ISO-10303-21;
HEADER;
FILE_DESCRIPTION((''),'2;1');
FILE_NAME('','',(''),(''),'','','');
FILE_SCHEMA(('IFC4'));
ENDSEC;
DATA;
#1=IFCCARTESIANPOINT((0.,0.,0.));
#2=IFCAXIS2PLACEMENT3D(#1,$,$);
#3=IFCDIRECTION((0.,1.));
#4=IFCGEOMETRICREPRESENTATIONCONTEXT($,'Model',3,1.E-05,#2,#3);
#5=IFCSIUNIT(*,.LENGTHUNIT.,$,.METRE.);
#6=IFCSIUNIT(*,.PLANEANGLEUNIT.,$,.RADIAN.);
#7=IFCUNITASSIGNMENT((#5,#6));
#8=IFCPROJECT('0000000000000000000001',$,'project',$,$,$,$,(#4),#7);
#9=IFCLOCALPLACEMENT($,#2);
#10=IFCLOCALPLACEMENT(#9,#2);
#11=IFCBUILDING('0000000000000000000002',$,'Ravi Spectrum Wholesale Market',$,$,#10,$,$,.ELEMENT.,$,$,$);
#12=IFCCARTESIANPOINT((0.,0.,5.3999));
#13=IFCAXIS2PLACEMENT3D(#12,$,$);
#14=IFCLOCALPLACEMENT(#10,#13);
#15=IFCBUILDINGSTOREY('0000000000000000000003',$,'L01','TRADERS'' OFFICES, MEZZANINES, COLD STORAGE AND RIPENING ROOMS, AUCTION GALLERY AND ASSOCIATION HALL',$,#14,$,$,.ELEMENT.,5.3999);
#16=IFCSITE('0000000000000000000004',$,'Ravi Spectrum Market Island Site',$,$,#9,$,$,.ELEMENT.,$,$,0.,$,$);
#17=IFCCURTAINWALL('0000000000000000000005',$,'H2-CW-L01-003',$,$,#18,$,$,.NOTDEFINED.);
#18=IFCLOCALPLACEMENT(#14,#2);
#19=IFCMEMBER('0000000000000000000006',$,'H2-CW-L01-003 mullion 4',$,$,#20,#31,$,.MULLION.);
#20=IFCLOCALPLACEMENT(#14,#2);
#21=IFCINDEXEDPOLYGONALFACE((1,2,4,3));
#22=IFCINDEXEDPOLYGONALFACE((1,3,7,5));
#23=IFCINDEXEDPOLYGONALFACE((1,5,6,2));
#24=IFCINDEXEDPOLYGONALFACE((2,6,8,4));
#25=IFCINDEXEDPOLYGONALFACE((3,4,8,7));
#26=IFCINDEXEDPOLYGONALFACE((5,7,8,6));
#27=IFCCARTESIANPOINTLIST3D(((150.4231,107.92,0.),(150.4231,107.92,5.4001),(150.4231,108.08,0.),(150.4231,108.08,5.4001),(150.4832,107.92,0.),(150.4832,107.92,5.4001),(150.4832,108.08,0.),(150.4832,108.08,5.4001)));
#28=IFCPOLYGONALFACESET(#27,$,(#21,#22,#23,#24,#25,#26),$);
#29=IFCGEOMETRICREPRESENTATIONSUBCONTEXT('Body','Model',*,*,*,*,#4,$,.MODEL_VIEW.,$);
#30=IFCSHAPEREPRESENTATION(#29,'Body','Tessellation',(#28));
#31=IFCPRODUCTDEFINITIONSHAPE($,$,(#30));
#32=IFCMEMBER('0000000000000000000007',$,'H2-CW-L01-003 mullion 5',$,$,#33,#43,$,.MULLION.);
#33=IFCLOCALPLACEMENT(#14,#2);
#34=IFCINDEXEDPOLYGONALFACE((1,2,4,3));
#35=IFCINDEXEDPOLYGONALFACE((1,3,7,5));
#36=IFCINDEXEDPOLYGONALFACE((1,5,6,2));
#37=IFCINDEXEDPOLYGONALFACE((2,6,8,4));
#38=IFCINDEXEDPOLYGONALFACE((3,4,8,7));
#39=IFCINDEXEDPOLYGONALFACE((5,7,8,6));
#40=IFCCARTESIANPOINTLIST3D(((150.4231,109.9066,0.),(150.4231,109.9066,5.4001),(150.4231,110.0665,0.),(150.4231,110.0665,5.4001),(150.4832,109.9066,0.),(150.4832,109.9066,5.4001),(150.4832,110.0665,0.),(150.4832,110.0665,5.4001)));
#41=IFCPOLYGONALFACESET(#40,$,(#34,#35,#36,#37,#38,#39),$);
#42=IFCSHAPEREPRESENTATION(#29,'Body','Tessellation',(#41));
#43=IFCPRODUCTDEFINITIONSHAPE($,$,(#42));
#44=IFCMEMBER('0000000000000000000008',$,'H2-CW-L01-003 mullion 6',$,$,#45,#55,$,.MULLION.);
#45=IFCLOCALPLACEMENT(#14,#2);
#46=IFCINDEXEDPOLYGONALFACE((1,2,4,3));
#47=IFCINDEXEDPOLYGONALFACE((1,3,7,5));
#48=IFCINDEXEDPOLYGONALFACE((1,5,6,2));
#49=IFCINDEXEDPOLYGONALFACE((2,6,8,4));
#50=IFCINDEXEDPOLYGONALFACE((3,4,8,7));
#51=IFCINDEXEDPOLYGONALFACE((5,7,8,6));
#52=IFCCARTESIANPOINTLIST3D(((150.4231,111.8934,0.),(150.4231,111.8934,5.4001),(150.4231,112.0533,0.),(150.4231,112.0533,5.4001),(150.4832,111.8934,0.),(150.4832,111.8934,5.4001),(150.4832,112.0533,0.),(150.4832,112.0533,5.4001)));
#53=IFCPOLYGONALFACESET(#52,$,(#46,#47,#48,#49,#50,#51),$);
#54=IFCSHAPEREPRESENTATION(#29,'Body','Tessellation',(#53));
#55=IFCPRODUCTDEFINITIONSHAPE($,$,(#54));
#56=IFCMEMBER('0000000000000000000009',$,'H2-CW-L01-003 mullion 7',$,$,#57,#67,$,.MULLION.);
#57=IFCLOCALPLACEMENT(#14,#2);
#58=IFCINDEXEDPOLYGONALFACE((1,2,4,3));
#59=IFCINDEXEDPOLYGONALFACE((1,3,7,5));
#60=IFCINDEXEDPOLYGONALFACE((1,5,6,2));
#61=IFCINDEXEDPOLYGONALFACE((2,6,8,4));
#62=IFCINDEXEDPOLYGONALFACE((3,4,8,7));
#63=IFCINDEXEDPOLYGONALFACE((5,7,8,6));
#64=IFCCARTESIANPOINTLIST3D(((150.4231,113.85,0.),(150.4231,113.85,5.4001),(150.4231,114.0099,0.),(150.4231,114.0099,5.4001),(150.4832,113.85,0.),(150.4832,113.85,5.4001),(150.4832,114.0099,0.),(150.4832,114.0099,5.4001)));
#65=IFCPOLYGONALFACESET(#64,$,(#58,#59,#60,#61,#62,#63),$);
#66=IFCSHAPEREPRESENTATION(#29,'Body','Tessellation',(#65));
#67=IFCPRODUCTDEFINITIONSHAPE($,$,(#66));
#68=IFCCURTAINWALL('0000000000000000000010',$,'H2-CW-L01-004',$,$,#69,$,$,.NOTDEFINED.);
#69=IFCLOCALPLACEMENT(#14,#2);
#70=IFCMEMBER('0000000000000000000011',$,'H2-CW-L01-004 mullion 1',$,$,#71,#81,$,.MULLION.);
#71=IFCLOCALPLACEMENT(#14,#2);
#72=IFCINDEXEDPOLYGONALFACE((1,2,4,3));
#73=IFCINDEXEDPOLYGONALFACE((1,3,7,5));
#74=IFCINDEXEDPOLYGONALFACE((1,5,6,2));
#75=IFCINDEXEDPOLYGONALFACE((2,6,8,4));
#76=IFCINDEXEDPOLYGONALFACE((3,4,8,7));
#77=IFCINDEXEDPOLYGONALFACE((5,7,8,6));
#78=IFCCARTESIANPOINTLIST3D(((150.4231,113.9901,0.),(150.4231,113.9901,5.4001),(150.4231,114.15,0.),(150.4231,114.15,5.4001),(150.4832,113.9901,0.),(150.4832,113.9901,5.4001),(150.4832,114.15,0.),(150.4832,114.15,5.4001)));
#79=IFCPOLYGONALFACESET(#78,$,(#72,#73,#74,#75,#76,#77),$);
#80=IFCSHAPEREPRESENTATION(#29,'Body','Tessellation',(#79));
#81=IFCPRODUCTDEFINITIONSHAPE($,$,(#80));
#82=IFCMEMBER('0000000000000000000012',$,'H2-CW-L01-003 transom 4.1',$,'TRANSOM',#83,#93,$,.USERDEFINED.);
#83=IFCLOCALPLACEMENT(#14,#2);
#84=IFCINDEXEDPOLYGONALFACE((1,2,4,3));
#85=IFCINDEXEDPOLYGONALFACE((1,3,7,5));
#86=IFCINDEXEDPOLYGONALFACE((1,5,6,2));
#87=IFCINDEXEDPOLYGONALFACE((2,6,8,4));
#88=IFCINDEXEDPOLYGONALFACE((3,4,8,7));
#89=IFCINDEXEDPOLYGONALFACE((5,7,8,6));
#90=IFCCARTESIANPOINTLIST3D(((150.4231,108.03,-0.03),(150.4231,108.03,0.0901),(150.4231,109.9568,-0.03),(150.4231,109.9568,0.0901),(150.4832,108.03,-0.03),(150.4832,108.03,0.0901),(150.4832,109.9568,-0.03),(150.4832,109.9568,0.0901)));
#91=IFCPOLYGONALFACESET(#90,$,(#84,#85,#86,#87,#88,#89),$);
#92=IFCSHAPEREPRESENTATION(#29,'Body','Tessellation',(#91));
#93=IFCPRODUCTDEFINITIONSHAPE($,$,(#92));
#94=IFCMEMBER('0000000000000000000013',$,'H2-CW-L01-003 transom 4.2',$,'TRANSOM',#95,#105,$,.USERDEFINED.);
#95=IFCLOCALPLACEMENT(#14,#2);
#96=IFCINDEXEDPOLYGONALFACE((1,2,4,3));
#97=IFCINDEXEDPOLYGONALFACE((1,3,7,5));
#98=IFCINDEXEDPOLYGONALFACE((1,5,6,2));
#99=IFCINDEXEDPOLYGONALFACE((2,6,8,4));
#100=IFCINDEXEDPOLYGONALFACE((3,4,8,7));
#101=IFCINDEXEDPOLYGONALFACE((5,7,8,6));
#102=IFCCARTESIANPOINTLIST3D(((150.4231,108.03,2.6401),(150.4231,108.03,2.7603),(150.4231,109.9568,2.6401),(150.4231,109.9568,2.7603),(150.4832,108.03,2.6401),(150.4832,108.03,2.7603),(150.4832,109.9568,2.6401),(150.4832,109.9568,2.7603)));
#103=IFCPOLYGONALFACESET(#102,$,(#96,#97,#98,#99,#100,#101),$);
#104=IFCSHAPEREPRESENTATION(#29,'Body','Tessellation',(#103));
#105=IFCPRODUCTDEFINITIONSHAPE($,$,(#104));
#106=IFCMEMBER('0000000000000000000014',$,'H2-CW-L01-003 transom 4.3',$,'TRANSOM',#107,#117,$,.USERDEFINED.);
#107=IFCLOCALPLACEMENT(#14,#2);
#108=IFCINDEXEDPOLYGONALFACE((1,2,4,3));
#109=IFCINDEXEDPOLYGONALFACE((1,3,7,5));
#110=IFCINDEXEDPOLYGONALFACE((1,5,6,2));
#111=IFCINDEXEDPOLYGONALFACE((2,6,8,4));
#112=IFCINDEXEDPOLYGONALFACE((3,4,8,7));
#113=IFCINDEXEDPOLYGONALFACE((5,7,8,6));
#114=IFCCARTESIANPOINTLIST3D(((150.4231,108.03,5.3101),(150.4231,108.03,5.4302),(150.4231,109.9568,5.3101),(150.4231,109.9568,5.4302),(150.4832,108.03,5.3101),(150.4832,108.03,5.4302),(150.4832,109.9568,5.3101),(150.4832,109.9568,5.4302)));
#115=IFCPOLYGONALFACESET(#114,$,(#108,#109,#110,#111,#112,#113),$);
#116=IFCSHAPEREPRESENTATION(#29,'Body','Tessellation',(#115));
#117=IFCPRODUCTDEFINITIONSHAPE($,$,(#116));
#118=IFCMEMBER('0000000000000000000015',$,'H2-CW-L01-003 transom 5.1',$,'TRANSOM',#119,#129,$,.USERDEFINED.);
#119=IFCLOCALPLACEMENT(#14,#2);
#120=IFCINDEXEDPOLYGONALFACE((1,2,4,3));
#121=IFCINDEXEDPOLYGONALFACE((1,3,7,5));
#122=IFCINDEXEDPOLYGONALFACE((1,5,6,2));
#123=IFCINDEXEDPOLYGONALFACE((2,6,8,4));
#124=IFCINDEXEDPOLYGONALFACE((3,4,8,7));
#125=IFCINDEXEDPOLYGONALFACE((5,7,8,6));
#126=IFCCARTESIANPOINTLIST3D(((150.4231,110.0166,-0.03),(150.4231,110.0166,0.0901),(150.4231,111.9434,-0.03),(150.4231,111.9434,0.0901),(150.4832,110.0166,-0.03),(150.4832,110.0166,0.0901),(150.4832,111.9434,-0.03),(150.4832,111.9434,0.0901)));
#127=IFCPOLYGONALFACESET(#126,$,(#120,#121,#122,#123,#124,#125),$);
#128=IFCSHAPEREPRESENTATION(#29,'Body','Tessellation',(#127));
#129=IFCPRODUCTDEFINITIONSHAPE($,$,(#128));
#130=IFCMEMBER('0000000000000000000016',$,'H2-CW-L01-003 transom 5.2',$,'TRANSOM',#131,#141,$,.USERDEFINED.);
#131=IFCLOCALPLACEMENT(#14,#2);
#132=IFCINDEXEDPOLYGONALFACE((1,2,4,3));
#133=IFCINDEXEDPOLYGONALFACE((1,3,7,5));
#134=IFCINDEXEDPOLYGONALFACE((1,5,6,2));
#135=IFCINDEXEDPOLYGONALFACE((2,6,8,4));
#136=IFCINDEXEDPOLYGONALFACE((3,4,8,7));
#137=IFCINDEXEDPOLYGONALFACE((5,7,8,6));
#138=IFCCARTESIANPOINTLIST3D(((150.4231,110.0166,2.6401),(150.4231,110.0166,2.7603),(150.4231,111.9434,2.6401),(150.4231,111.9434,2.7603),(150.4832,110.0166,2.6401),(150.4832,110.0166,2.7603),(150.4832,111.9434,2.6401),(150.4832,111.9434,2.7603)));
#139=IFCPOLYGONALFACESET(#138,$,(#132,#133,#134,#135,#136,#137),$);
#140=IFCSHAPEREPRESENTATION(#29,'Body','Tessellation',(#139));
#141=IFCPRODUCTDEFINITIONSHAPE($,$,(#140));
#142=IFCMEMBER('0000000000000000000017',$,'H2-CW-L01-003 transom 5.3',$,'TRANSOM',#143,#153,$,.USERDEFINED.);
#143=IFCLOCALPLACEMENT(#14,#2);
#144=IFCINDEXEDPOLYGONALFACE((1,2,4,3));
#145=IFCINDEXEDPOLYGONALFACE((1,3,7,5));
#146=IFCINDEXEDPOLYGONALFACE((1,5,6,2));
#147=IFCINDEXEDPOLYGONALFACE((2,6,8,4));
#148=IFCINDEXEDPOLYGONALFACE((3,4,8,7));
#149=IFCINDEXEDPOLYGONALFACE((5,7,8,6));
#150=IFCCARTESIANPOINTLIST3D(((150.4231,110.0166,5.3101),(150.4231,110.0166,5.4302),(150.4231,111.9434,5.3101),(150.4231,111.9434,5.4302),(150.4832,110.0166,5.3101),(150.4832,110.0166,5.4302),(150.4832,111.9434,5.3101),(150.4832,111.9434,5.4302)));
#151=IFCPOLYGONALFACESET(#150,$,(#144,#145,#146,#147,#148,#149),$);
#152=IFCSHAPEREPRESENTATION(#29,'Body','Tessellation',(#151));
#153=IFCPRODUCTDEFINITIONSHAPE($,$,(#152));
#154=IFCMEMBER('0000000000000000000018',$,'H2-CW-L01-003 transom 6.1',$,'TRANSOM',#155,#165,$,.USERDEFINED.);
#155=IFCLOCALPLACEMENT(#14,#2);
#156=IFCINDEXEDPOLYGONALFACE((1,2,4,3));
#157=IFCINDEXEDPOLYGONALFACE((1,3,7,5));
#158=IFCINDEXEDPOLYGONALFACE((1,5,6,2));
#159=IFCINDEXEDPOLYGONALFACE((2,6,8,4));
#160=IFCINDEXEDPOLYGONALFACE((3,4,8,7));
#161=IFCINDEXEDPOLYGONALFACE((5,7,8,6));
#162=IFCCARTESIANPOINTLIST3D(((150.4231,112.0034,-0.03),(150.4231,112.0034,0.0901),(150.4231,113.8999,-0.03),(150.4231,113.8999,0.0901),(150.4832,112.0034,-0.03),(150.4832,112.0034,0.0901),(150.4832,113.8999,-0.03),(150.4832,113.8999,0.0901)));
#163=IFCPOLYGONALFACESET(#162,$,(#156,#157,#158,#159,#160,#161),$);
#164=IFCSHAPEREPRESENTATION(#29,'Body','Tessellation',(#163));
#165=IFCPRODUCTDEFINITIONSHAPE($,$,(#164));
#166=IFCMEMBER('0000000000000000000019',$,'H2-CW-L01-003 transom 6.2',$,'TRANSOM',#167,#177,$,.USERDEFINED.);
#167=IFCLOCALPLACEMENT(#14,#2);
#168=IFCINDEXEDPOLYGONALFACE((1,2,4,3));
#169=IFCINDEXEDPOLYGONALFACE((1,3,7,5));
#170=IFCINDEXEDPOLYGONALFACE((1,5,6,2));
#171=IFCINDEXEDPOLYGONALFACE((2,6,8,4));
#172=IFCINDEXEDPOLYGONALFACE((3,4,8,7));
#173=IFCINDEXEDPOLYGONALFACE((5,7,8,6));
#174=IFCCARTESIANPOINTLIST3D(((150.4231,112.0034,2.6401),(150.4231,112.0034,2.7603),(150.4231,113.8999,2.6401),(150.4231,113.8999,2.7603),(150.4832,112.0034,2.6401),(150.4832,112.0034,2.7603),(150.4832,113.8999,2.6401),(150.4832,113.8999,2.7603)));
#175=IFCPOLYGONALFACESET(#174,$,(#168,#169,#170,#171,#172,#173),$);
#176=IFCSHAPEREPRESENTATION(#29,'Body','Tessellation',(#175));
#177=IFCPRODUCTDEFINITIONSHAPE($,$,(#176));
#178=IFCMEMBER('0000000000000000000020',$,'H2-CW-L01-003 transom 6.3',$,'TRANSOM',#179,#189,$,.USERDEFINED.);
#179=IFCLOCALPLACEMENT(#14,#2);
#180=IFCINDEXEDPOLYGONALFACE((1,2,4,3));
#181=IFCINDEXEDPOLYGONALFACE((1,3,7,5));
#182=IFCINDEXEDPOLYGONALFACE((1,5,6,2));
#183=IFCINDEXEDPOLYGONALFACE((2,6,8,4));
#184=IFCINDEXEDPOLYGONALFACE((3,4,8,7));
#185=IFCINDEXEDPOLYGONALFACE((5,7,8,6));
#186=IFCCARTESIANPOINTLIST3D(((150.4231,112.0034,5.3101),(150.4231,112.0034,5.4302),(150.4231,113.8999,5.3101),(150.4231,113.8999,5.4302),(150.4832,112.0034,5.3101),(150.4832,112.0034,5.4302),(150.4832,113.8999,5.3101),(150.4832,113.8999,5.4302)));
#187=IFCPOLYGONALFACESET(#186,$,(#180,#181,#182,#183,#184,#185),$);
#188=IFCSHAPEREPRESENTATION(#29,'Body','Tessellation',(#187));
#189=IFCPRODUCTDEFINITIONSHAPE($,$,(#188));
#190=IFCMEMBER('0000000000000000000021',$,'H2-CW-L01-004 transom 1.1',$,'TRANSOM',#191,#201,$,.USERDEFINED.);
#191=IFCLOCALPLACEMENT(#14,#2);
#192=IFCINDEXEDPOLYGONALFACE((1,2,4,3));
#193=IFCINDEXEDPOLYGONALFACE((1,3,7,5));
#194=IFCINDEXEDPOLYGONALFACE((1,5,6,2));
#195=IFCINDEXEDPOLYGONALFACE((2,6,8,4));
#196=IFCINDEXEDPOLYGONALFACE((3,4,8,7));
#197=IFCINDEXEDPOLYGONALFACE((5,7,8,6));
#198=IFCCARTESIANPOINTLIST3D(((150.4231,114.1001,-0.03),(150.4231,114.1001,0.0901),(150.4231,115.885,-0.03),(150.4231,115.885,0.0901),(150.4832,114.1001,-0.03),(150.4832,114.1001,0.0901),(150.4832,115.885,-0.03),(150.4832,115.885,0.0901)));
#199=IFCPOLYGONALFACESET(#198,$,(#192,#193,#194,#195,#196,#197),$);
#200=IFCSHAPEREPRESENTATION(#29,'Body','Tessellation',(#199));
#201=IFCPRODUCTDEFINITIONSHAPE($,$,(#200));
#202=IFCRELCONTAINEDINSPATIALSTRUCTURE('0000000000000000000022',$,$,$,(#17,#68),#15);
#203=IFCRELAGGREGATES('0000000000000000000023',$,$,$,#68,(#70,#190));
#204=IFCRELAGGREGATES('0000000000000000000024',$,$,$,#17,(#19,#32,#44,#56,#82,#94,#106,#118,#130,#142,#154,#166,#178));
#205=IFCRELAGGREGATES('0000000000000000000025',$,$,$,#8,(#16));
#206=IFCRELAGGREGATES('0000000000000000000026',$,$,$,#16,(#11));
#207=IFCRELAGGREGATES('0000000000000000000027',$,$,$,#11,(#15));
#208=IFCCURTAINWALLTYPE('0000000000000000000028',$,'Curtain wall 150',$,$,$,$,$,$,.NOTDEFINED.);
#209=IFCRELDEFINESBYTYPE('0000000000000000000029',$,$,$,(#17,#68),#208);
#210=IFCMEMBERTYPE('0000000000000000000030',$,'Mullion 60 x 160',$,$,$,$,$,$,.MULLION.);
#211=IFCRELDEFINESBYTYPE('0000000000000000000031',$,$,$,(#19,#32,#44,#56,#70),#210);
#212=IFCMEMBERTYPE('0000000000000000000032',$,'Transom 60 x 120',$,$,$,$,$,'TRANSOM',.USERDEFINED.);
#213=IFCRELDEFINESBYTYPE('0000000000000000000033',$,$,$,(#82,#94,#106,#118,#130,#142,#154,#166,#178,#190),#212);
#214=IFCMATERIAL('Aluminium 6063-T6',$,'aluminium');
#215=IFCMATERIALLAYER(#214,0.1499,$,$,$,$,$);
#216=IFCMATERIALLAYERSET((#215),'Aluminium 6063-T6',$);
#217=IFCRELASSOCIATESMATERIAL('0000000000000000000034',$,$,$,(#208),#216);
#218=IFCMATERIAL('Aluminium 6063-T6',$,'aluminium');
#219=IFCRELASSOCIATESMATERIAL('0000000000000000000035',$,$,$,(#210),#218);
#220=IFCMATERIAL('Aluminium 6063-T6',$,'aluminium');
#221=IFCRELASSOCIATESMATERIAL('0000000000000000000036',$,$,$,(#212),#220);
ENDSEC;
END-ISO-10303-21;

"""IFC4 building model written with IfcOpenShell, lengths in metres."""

from ifc_helpers import new_model, si_unit, direction, frame, origin, origin_2d, place, context, subcontext, project, spatial, rectangle, extrude, material, layer, layer_set, material_profile, profile_set, type_object, element, aggregate, save


model = new_model("IFC4")

# Units and contexts
model_context = context("Model", 3, precision=1e-05, world=origin(), true_north=direction((0.0, 1.0)))
body_context = subcontext(model_context, "Body", "Model", "MODEL_VIEW")
ifc_project = project(units=[si_unit("LENGTHUNIT", "METRE"), si_unit("PLANEANGLEUNIT", "RADIAN")], contexts=[model_context])

# Site, building, storey
site_placement = place(None, origin())
site = spatial("IfcSite", under=ifc_project, at=site_placement, Name="Ravi Spectrum Market Island Site", CompositionType="ELEMENT", RefElevation=0.0)
building_placement = place(site_placement, origin())
building = spatial("IfcBuilding", under=site, at=building_placement, Name="Ravi Spectrum Wholesale Market", CompositionType="ELEMENT")
storey_placement = place(building_placement, frame((0.0, 0.0, 5.3999)))
storey = spatial("IfcBuildingStorey", under=building, at=storey_placement, Name="L01", Description="TRADERS' OFFICES, MEZZANINES, COLD STORAGE AND RIPENING ROOMS, AUCTION GALLERY AND ASSOCIATION HALL", CompositionType="ELEMENT", Elevation=5.3999)

# Curtain wall, members
ifc_material_1 = material(Name="Aluminium 6063-T6", Category="aluminium")
ifc_layer_1 = layer(ifc_material_1, 0.1499)
ifc_layer_set_1 = layer_set([ifc_layer_1], Name="Aluminium 6063-T6")
curtain_wall_type = type_object("IfcCurtainWallType", Name="Curtain wall 150", PredefinedType="NOTDEFINED", material=ifc_layer_set_1)
curtain_wall_1_placement = place(storey_placement, origin())
curtain_wall_1 = element("IfcCurtainWall", 1, at=curtain_wall_1_placement, inside=storey, type_object=curtain_wall_type, Name="H2-CW-L01-003", PredefinedType="NOTDEFINED")
ifc_material_2 = material(Name="Aluminium 6063-T6", Category="aluminium")
ifc_material_profile_1 = material_profile(ifc_material_2, rectangle(XDim=0.0601, YDim=0.1599, at=origin_2d()))
ifc_profile_set_1 = profile_set([ifc_material_profile_1], Name="Aluminium 6063-T6")
member_type_1 = type_object("IfcMemberType", Name="Mullion 60 x 160", PredefinedType="MULLION", material=ifc_profile_set_1)
member_1_placement = place(storey_placement, frame((150.4531, 108.0, 0.0), z_axis=(0.0, 0.0, 1.0), x_axis=(-1.0, 0.0, 0.0)))
member_1 = element("IfcMember", 2, at=member_1_placement, type_object=member_type_1, Name="H2-CW-L01-003 mullion 4", PredefinedType="MULLION", context=body_context, shape_type="SweptSolid", body=[
    extrude(rectangle(XDim=0.0601, YDim=0.1599, at=origin_2d()), origin(), (0.0, 0.0, 1.0), 5.4001),
])
member_2_placement = place(storey_placement, frame((150.4531, 109.9866, 0.0), z_axis=(0.0, 0.0, 1.0), x_axis=(-1.0, 0.0, 0.0)))
member_2 = element("IfcMember", 3, at=member_2_placement, type_object=member_type_1, Name="H2-CW-L01-003 mullion 5", PredefinedType="MULLION", context=body_context, shape_type="SweptSolid", body=[
    extrude(rectangle(XDim=0.0601, YDim=0.1599, at=origin_2d()), origin(), (0.0, 0.0, 1.0), 5.4001),
])
member_3_placement = place(storey_placement, frame((150.4531, 111.9734, 0.0), z_axis=(0.0, 0.0, 1.0), x_axis=(-1.0, 0.0, 0.0)))
member_3 = element("IfcMember", 4, at=member_3_placement, type_object=member_type_1, Name="H2-CW-L01-003 mullion 6", PredefinedType="MULLION", context=body_context, shape_type="SweptSolid", body=[
    extrude(rectangle(XDim=0.0601, YDim=0.1599, at=origin_2d()), origin(), (0.0, 0.0, 1.0), 5.4001),
])
member_4_placement = place(storey_placement, frame((150.4531, 113.9299, 0.0), z_axis=(0.0, 0.0, 1.0), x_axis=(-1.0, 0.0, 0.0)))
member_4 = element("IfcMember", 5, at=member_4_placement, type_object=member_type_1, Name="H2-CW-L01-003 mullion 7", PredefinedType="MULLION", context=body_context, shape_type="SweptSolid", body=[
    extrude(rectangle(XDim=0.0601, YDim=0.1599, at=origin_2d()), origin(), (0.0, 0.0, 1.0), 5.4001),
])

# Curtain wall, member
curtain_wall_2_placement = place(storey_placement, origin())
curtain_wall_2 = element("IfcCurtainWall", 6, at=curtain_wall_2_placement, inside=storey, type_object=curtain_wall_type, Name="H2-CW-L01-004", PredefinedType="NOTDEFINED")
member_5_placement = place(storey_placement, frame((150.4531, 114.0701, 0.0), z_axis=(0.0, 0.0, 1.0), x_axis=(-1.0, 0.0, 0.0)))
member_5 = element("IfcMember", 7, at=member_5_placement, type_object=member_type_1, Name="H2-CW-L01-004 mullion 1", PredefinedType="MULLION", context=body_context, shape_type="SweptSolid", body=[
    extrude(rectangle(XDim=0.0601, YDim=0.1599, at=origin_2d()), origin(), (0.0, 0.0, 1.0), 5.4001),
])

# Members
ifc_material_3 = material(Name="Aluminium 6063-T6", Category="aluminium")
ifc_material_profile_2 = material_profile(ifc_material_3, rectangle(XDim=0.0601, YDim=0.1201, at=origin_2d()))
ifc_profile_set_2 = profile_set([ifc_material_profile_2], Name="Aluminium 6063-T6")
member_type_2 = type_object("IfcMemberType", Name="Transom 60 x 120", ElementType="TRANSOM", PredefinedType="USERDEFINED", material=ifc_profile_set_2)
member_6_placement = place(storey_placement, frame((150.4531, 108.03, 0.03), z_axis=(0.0, 1.0, 0.0), x_axis=(-1.0, 0.0, 0.0)))
member_6 = element("IfcMember", 8, at=member_6_placement, type_object=member_type_2, Name="H2-CW-L01-003 transom 4.1", ObjectType="TRANSOM", PredefinedType="USERDEFINED", context=body_context, shape_type="SweptSolid", body=[
    extrude(rectangle(XDim=0.0601, YDim=0.1201, at=origin_2d()), origin(), (0.0, 0.0, 1.0), 1.9268),
])
member_7_placement = place(storey_placement, frame((150.4531, 108.03, 2.7002), z_axis=(0.0, 1.0, 0.0), x_axis=(-1.0, 0.0, 0.0)))
member_7 = element("IfcMember", 9, at=member_7_placement, type_object=member_type_2, Name="H2-CW-L01-003 transom 4.2", ObjectType="TRANSOM", PredefinedType="USERDEFINED", context=body_context, shape_type="SweptSolid", body=[
    extrude(rectangle(XDim=0.0601, YDim=0.1201, at=origin_2d()), origin(), (0.0, 0.0, 1.0), 1.9268),
])
member_8_placement = place(storey_placement, frame((150.4531, 108.03, 5.3701), z_axis=(0.0, 1.0, 0.0), x_axis=(-1.0, 0.0, 0.0)))
member_8 = element("IfcMember", 10, at=member_8_placement, type_object=member_type_2, Name="H2-CW-L01-003 transom 4.3", ObjectType="TRANSOM", PredefinedType="USERDEFINED", context=body_context, shape_type="SweptSolid", body=[
    extrude(rectangle(XDim=0.0601, YDim=0.1201, at=origin_2d()), origin(), (0.0, 0.0, 1.0), 1.9268),
])
member_9_placement = place(storey_placement, frame((150.4531, 110.0166, 0.03), z_axis=(0.0, 1.0, 0.0), x_axis=(-1.0, 0.0, 0.0)))
member_9 = element("IfcMember", 11, at=member_9_placement, type_object=member_type_2, Name="H2-CW-L01-003 transom 5.1", ObjectType="TRANSOM", PredefinedType="USERDEFINED", context=body_context, shape_type="SweptSolid", body=[
    extrude(rectangle(XDim=0.0601, YDim=0.1201, at=origin_2d()), origin(), (0.0, 0.0, 1.0), 1.9268),
])
member_10_placement = place(storey_placement, frame((150.4531, 110.0166, 2.7002), z_axis=(0.0, 1.0, 0.0), x_axis=(-1.0, 0.0, 0.0)))
member_10 = element("IfcMember", 12, at=member_10_placement, type_object=member_type_2, Name="H2-CW-L01-003 transom 5.2", ObjectType="TRANSOM", PredefinedType="USERDEFINED", context=body_context, shape_type="SweptSolid", body=[
    extrude(rectangle(XDim=0.0601, YDim=0.1201, at=origin_2d()), origin(), (0.0, 0.0, 1.0), 1.9268),
])
member_11_placement = place(storey_placement, frame((150.4531, 110.0166, 5.3701), z_axis=(0.0, 1.0, 0.0), x_axis=(-1.0, 0.0, 0.0)))
member_11 = element("IfcMember", 13, at=member_11_placement, type_object=member_type_2, Name="H2-CW-L01-003 transom 5.3", ObjectType="TRANSOM", PredefinedType="USERDEFINED", context=body_context, shape_type="SweptSolid", body=[
    extrude(rectangle(XDim=0.0601, YDim=0.1201, at=origin_2d()), origin(), (0.0, 0.0, 1.0), 1.9268),
])
member_12_placement = place(storey_placement, frame((150.4531, 112.0034, 0.03), z_axis=(0.0, 1.0, 0.0), x_axis=(-1.0, 0.0, 0.0)))
member_12 = element("IfcMember", 14, at=member_12_placement, type_object=member_type_2, Name="H2-CW-L01-003 transom 6.1", ObjectType="TRANSOM", PredefinedType="USERDEFINED", context=body_context, shape_type="SweptSolid", body=[
    extrude(rectangle(XDim=0.0601, YDim=0.1201, at=origin_2d()), origin(), (0.0, 0.0, 1.0), 1.8965),
])
member_13_placement = place(storey_placement, frame((150.4531, 112.0034, 2.7002), z_axis=(0.0, 1.0, 0.0), x_axis=(-1.0, 0.0, 0.0)))
member_13 = element("IfcMember", 15, at=member_13_placement, type_object=member_type_2, Name="H2-CW-L01-003 transom 6.2", ObjectType="TRANSOM", PredefinedType="USERDEFINED", context=body_context, shape_type="SweptSolid", body=[
    extrude(rectangle(XDim=0.0601, YDim=0.1201, at=origin_2d()), origin(), (0.0, 0.0, 1.0), 1.8965),
])
member_14_placement = place(storey_placement, frame((150.4531, 112.0034, 5.3701), z_axis=(0.0, 1.0, 0.0), x_axis=(-1.0, 0.0, 0.0)))
member_14 = element("IfcMember", 16, at=member_14_placement, type_object=member_type_2, Name="H2-CW-L01-003 transom 6.3", ObjectType="TRANSOM", PredefinedType="USERDEFINED", context=body_context, shape_type="SweptSolid", body=[
    extrude(rectangle(XDim=0.0601, YDim=0.1201, at=origin_2d()), origin(), (0.0, 0.0, 1.0), 1.8965),
])
member_15_placement = place(storey_placement, frame((150.4531, 114.1001, 0.03), z_axis=(0.0, 1.0, 0.0), x_axis=(-1.0, 0.0, 0.0)))
member_15 = element("IfcMember", 17, at=member_15_placement, type_object=member_type_2, Name="H2-CW-L01-004 transom 1.1", ObjectType="TRANSOM", PredefinedType="USERDEFINED", context=body_context, shape_type="SweptSolid", body=[
    extrude(rectangle(XDim=0.0601, YDim=0.1201, at=origin_2d()), origin(), (0.0, 0.0, 1.0), 1.7849),
])
aggregate(curtain_wall_2, [member_5, member_15])

aggregate(curtain_wall_1, [member_1, member_2, member_3, member_4, member_6, member_7, member_8, member_9, member_10, member_11, member_12, member_13, member_14])

save(model, "model.ifc")
